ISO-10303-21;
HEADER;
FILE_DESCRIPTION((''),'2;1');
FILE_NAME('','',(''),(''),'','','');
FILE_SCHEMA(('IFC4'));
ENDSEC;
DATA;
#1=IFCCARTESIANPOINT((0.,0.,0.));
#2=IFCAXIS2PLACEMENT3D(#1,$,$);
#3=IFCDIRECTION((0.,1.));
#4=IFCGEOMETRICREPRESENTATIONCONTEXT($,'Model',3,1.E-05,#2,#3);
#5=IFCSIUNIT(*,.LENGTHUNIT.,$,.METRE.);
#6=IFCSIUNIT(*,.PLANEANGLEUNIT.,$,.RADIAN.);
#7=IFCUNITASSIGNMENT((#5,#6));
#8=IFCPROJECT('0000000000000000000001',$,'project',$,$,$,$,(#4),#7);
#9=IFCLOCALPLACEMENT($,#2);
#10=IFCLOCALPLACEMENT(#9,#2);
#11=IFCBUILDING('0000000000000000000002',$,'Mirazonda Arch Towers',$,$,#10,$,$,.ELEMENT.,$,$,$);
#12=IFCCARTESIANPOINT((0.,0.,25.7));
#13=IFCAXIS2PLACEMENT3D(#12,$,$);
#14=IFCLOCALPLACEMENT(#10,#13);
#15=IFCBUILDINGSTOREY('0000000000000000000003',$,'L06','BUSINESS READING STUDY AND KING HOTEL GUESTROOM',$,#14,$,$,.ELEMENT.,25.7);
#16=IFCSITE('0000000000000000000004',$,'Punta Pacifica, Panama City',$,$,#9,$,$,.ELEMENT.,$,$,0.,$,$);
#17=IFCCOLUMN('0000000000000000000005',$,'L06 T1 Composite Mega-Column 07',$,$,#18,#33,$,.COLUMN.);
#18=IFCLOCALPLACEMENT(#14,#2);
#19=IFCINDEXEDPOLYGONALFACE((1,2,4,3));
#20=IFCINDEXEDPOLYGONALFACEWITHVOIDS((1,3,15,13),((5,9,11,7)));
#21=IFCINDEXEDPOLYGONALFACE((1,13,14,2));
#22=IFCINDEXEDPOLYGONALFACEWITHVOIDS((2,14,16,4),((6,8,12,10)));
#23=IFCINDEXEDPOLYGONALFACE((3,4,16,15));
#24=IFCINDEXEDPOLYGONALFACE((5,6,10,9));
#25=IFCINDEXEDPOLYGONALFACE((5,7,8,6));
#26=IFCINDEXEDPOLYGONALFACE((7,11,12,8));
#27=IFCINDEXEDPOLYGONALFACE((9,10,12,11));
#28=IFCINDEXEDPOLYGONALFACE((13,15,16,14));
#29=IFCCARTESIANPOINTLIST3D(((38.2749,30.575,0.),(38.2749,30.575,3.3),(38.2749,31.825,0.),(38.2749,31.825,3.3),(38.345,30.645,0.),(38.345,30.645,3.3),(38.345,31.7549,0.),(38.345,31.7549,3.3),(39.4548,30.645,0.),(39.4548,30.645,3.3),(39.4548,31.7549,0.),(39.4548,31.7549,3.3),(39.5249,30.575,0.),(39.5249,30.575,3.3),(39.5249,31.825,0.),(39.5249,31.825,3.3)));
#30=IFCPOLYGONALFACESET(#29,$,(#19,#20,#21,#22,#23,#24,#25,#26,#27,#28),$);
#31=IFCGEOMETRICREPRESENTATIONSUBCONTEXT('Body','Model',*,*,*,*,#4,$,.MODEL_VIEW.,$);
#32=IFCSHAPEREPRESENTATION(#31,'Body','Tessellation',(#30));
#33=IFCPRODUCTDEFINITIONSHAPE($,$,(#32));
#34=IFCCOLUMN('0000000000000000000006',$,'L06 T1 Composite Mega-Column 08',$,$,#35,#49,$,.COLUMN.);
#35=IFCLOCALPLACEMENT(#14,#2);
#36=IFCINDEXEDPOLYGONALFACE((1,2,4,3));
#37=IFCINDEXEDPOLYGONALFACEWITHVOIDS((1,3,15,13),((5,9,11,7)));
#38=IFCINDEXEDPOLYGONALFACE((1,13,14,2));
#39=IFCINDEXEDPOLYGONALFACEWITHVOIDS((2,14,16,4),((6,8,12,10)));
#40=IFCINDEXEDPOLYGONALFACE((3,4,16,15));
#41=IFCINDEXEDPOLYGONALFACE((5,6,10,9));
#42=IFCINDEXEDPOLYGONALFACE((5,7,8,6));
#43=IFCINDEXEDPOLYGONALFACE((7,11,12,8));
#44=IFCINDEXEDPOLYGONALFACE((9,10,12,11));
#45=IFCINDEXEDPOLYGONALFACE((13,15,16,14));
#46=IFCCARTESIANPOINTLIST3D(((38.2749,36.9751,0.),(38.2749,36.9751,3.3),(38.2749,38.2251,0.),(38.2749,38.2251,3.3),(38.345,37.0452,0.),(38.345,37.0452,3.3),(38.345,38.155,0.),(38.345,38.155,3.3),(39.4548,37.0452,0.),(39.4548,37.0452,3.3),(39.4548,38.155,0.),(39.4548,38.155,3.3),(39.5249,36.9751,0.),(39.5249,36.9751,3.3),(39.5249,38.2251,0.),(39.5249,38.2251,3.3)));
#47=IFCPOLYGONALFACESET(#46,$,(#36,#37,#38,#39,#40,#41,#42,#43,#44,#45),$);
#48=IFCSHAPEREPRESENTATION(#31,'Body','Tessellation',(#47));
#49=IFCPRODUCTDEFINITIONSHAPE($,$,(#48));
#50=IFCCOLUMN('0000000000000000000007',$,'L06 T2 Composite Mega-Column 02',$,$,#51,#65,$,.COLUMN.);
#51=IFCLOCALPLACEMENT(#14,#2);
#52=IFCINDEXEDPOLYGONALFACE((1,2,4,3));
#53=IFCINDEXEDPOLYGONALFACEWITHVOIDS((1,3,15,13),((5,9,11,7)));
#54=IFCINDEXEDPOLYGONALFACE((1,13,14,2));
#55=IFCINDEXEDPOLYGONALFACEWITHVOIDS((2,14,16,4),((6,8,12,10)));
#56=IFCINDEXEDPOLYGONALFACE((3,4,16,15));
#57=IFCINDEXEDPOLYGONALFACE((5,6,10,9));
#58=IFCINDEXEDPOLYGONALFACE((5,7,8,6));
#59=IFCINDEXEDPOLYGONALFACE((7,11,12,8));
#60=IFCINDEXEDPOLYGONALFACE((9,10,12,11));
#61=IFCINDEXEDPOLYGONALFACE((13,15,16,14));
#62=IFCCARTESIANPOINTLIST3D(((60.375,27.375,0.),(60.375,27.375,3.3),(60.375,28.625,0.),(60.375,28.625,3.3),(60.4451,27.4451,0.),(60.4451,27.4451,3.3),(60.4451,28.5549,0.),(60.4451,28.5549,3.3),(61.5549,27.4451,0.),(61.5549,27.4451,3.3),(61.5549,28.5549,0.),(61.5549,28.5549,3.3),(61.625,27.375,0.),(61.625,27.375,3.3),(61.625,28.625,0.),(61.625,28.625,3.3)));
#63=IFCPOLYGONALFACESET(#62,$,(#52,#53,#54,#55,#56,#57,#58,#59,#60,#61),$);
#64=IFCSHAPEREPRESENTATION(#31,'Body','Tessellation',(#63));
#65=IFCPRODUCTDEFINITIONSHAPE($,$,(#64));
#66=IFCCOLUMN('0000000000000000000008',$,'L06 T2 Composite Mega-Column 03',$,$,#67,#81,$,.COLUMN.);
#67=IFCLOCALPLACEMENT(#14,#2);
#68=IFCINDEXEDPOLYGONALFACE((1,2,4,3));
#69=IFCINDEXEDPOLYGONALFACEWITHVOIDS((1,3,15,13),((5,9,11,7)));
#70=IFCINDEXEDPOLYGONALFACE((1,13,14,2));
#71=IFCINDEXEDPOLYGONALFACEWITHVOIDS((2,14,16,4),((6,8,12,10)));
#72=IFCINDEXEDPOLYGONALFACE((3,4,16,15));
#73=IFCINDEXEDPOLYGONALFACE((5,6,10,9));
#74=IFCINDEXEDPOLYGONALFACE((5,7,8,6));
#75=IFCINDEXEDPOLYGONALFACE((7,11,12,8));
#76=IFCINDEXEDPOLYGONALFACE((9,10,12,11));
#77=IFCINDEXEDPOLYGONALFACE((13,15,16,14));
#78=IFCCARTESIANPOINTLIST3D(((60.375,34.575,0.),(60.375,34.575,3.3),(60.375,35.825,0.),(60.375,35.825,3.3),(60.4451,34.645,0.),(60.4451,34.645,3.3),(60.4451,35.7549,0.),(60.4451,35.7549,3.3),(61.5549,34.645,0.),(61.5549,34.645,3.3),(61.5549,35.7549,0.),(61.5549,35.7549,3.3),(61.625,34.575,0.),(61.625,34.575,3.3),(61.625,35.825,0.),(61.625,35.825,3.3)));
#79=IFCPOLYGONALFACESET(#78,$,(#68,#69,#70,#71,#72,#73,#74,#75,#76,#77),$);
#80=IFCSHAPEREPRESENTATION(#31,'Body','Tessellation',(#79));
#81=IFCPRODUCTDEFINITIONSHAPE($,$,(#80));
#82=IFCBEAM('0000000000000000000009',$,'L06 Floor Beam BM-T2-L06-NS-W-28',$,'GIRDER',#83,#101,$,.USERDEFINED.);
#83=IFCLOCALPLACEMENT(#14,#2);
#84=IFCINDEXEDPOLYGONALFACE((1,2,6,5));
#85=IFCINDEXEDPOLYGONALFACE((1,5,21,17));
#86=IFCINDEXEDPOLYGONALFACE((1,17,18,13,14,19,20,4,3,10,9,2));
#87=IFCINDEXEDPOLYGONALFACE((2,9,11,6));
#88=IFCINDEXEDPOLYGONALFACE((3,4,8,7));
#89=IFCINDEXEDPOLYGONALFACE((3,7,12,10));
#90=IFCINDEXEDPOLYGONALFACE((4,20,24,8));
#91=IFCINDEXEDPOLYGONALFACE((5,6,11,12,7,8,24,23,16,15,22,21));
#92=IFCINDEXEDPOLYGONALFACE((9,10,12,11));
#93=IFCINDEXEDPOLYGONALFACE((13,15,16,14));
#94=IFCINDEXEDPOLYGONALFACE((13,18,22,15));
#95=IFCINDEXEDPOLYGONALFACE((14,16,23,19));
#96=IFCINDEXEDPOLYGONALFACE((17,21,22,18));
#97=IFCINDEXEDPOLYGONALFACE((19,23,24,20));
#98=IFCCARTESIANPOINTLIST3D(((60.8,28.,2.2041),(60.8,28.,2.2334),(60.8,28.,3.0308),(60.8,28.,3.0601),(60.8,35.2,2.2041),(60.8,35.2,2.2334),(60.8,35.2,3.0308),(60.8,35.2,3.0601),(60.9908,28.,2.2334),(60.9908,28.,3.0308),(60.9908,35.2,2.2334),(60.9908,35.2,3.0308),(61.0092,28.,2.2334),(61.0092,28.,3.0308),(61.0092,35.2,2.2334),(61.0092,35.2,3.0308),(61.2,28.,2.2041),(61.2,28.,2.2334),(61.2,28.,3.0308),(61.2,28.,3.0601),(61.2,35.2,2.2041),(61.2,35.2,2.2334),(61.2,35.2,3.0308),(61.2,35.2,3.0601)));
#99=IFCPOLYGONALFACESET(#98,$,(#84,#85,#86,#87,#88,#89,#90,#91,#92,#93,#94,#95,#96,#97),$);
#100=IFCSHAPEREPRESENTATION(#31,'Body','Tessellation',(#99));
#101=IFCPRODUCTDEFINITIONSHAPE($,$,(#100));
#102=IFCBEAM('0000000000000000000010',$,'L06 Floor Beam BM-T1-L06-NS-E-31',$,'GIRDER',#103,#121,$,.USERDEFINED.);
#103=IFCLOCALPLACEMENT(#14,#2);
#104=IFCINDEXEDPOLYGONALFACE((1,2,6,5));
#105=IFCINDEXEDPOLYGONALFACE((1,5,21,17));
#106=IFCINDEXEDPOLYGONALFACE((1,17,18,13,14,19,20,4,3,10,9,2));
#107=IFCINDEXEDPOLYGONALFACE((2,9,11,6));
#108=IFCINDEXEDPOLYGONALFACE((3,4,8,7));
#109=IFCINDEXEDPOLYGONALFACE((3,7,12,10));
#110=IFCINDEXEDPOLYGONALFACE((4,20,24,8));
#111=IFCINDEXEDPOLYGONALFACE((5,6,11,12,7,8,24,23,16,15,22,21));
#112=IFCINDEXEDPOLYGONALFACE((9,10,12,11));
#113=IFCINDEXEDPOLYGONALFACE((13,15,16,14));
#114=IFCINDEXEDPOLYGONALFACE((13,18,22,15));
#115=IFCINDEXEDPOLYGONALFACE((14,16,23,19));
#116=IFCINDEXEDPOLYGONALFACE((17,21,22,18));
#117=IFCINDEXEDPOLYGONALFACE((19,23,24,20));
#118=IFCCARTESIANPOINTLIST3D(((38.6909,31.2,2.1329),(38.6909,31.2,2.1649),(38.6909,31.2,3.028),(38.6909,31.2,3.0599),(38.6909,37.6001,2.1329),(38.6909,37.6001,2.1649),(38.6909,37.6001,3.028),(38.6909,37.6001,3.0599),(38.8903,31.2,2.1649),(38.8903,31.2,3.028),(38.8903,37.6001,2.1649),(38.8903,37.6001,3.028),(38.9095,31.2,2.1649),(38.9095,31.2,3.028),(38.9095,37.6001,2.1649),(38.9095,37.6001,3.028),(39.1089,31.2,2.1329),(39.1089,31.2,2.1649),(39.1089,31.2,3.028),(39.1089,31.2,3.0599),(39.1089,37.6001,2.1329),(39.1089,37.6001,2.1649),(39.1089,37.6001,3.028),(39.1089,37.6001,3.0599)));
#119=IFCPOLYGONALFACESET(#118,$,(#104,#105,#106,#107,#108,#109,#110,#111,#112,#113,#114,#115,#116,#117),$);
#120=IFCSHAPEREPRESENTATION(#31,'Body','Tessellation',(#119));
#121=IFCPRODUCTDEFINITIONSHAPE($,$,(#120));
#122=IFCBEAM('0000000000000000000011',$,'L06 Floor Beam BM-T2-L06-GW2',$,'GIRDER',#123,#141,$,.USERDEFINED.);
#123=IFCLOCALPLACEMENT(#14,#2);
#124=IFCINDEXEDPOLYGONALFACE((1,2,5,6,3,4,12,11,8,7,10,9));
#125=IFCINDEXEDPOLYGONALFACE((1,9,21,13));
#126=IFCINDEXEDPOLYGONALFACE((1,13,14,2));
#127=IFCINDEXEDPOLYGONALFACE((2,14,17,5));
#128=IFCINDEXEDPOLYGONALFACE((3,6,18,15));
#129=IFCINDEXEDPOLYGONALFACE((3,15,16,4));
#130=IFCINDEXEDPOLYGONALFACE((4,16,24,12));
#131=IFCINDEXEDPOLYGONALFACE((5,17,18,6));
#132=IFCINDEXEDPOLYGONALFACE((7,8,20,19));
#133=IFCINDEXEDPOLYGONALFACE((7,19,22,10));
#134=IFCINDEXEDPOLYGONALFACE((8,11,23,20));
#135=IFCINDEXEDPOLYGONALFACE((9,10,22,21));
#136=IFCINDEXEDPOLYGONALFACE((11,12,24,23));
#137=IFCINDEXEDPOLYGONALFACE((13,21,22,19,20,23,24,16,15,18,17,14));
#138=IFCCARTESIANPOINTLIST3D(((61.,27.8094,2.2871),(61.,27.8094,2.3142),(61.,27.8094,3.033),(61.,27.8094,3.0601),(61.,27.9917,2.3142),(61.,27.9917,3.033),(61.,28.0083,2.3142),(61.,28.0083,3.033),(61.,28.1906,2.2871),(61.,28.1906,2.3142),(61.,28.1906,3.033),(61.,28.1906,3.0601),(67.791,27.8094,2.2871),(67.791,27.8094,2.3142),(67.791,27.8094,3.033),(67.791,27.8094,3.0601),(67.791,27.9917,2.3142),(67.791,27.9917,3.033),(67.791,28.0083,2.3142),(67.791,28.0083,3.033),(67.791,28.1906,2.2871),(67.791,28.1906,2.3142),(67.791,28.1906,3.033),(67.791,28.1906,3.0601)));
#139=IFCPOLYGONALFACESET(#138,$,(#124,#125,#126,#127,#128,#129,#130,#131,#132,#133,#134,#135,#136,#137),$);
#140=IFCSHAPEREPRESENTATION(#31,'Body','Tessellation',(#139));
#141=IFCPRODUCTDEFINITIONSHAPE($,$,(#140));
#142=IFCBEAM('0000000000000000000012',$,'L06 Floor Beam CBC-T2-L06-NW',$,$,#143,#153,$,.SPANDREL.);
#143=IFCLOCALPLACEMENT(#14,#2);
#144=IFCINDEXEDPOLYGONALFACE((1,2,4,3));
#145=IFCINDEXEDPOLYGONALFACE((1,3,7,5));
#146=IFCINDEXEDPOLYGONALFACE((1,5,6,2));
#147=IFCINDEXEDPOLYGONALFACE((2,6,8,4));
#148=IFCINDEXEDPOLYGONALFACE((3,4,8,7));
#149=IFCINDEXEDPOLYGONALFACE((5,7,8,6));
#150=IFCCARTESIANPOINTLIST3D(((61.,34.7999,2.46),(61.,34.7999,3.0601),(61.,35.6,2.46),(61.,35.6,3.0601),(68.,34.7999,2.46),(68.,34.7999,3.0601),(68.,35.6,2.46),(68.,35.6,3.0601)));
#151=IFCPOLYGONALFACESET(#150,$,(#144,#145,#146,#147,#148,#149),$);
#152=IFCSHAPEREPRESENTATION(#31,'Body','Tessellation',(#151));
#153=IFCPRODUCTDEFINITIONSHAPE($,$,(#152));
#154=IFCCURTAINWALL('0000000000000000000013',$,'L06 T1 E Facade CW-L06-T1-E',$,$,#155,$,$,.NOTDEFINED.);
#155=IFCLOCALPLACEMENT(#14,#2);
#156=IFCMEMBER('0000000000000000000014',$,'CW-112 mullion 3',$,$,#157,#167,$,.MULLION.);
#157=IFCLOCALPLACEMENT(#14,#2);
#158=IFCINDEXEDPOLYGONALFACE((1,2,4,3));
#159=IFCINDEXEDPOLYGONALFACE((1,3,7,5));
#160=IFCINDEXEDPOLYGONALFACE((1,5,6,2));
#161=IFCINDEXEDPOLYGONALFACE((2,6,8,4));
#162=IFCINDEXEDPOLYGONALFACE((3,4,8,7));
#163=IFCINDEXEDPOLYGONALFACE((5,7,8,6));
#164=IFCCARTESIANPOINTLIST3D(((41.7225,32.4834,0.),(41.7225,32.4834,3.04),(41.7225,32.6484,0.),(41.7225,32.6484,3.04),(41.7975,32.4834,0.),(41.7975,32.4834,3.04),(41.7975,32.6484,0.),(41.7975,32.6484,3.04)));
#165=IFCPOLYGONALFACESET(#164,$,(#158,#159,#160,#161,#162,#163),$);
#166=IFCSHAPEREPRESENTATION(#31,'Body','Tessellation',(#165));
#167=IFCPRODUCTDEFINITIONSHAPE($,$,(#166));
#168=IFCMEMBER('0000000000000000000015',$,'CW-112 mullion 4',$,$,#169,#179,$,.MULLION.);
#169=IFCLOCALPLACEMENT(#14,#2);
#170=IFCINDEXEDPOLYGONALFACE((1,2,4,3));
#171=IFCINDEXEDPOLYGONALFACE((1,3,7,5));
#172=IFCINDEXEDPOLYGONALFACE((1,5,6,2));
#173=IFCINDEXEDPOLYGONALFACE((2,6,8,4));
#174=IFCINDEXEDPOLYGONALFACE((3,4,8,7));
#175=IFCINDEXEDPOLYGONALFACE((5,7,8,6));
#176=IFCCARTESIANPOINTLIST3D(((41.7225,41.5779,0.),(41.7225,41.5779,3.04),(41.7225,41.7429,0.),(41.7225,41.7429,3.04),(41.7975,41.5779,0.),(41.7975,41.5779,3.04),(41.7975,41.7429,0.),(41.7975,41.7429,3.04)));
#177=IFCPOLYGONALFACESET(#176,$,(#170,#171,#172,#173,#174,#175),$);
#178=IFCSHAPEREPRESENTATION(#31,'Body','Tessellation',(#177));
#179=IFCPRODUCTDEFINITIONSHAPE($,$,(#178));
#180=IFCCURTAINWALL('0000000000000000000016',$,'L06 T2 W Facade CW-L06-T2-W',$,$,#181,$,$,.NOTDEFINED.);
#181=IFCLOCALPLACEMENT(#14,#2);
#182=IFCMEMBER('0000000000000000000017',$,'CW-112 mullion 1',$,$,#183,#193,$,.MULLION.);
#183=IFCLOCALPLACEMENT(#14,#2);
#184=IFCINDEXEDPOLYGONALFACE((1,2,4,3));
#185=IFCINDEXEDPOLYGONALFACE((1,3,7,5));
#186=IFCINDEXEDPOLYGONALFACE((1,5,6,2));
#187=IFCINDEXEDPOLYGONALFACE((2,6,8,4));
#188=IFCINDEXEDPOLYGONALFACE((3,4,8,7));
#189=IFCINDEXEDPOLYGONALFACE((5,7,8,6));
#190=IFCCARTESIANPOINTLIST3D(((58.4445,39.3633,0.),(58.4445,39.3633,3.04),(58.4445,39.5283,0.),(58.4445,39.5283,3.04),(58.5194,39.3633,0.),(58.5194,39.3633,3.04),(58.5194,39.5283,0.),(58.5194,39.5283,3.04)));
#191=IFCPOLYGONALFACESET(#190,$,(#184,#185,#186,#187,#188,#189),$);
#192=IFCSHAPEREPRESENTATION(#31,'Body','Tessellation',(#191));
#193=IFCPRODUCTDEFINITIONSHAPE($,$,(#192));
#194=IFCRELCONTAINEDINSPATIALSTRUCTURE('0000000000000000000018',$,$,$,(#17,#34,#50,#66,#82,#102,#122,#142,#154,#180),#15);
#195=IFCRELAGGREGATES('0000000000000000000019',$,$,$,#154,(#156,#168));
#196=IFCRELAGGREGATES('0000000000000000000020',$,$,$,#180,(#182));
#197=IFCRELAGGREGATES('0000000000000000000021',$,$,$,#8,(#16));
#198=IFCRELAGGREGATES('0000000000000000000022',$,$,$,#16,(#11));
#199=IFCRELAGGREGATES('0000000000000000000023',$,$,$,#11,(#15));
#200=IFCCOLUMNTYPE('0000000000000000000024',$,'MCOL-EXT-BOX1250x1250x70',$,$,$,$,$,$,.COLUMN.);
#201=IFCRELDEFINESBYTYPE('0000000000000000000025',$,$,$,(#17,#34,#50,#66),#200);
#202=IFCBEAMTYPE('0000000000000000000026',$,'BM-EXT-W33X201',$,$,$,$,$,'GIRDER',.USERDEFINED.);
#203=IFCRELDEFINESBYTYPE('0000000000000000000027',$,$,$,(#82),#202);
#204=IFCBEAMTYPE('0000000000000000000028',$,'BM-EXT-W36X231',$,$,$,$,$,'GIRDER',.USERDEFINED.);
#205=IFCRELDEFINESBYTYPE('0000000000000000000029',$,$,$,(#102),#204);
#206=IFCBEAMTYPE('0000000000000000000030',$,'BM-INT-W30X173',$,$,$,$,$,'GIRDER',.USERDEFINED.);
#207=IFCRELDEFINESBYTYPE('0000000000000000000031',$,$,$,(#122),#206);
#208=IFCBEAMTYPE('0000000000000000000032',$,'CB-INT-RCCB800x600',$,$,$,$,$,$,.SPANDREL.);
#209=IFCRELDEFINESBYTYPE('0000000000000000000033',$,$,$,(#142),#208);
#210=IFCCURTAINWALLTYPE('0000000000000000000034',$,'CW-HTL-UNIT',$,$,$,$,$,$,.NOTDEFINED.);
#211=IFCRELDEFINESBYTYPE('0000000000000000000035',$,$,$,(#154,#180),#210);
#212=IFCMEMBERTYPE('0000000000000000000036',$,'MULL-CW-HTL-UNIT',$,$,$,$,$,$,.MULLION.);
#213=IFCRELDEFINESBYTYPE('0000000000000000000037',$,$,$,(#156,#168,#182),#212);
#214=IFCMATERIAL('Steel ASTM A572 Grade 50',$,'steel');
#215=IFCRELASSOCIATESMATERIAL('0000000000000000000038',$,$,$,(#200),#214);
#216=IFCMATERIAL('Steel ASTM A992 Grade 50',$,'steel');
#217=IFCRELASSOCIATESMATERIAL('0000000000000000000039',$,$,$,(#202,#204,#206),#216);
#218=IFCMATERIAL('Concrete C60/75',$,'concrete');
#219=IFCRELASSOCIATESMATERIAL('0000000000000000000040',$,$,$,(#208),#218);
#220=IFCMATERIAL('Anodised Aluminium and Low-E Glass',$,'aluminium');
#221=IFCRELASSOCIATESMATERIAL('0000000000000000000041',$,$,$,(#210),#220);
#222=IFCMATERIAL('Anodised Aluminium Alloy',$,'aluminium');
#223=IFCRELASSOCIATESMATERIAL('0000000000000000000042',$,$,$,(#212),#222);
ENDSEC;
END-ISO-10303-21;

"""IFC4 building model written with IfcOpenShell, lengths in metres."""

from ifc_helpers import new_model, si_unit, direction, frame, origin, origin_2d, place, context, subcontext, project, spatial, rectangle, hollow_rectangle, i_section, extrude, material, material_profile, profile_set, type_object, element, aggregate, save


model = new_model("IFC4")

# Units and contexts
model_context = context("Model", 3, precision=1e-05, world=origin(), true_north=direction((0.0, 1.0)))
body_context = subcontext(model_context, "Body", "Model", "MODEL_VIEW")
ifc_project = project(units=[si_unit("LENGTHUNIT", "METRE"), si_unit("PLANEANGLEUNIT", "RADIAN")], contexts=[model_context])

# Site, building, storey
site_placement = place(None, origin())
site = spatial("IfcSite", under=ifc_project, at=site_placement, Name="Punta Pacifica, Panama City", CompositionType="ELEMENT", RefElevation=0.0)
building_placement = place(site_placement, origin())
building = spatial("IfcBuilding", under=site, at=building_placement, Name="Mirazonda Arch Towers", CompositionType="ELEMENT")
storey_placement = place(building_placement, frame((0.0, 0.0, 25.7)))
storey = spatial("IfcBuildingStorey", under=building, at=storey_placement, Name="L06", Description="BUSINESS READING STUDY AND KING HOTEL GUESTROOM", CompositionType="ELEMENT", Elevation=25.7)

# Columns
ifc_material_1 = material(Name="Steel ASTM A572 Grade 50", Category="steel")
ifc_material_profile_1 = material_profile(ifc_material_1, hollow_rectangle(XDim=1.25, YDim=1.25, WallThickness=0.0701, at=origin_2d()), Name="BOX1250x1250x70")
ifc_profile_set_1 = profile_set([ifc_material_profile_1], Name="Steel ASTM A572 Grade 50")
column_type = type_object("IfcColumnType", Name="MCOL-EXT-BOX1250x1250x70", PredefinedType="COLUMN", material=ifc_profile_set_1)
for number, where, z_axis, x_axis, name in (
    (1, (38.8999, 31.2, 0.0), (0.0, 0.0, 1.0), (1.0, 0.0, 0.0), "L06 T1 Composite Mega-Column 07"),
    (2, (38.8999, 37.6001, 0.0), (0.0, 0.0, 1.0), (1.0, 0.0, 0.0), "L06 T1 Composite Mega-Column 08"),
    (3, (61.0, 28.0, 0.0), (0.0, 0.0, 1.0), (1.0, 0.0, 0.0), "L06 T2 Composite Mega-Column 02"),
    (4, (61.0, 35.2, 0.0), (0.0, 0.0, 1.0), (1.0, 0.0, 0.0), "L06 T2 Composite Mega-Column 03"),
):
    element("IfcColumn", number, at=place(storey_placement, frame(where, z_axis=z_axis, x_axis=x_axis)), inside=storey, type_object=column_type, Name=name, PredefinedType="COLUMN", context=body_context, shape_type="SweptSolid", body=[
        extrude(hollow_rectangle(XDim=1.25, YDim=1.25, WallThickness=0.0701, at=origin_2d()), origin(), (0.0, 0.0, 1.0), 3.3),
    ])

# Beams
ifc_material_2 = material(Name="Steel ASTM A992 Grade 50", Category="steel")
ifc_material_profile_2 = material_profile(ifc_material_2, i_section(OverallWidth=0.3999, OverallDepth=0.856, WebThickness=0.0183, FlangeThickness=0.0293, at=origin_2d()), Name="W33X201")
ifc_profile_set_2 = profile_set([ifc_material_profile_2], Name="Steel ASTM A992 Grade 50")
beam_type_1 = type_object("IfcBeamType", Name="BM-EXT-W33X201", ElementType="GIRDER", PredefinedType="USERDEFINED", material=ifc_profile_set_2)
beam_1_placement = place(storey_placement, frame((61.0, 28.0, 2.6321), z_axis=(0.0, 1.0, 0.0), x_axis=(-1.0, 0.0, 0.0)))
element("IfcBeam", 5, at=beam_1_placement, inside=storey, type_object=beam_type_1, Name="L06 Floor Beam BM-T2-L06-NS-W-28", ObjectType="GIRDER", PredefinedType="USERDEFINED", context=body_context, shape_type="SweptSolid", body=[
    extrude(i_section(OverallWidth=0.3999, OverallDepth=0.856, WebThickness=0.0183, FlangeThickness=0.0293, at=origin_2d()), origin(), (0.0, 0.0, 1.0), 7.2),
])
ifc_material_profile_3 = material_profile(ifc_material_2, i_section(OverallWidth=0.418, OverallDepth=0.927, WebThickness=0.0193, FlangeThickness=0.032, at=origin_2d()), Name="W36X231")
ifc_profile_set_3 = profile_set([ifc_material_profile_3], Name="Steel ASTM A992 Grade 50")
beam_type_2 = type_object("IfcBeamType", Name="BM-EXT-W36X231", ElementType="GIRDER", PredefinedType="USERDEFINED", material=ifc_profile_set_3)
beam_2_placement = place(storey_placement, frame((38.8999, 31.2, 2.5964), z_axis=(0.0, 1.0, 0.0), x_axis=(-1.0, 0.0, 0.0)))
element("IfcBeam", 6, at=beam_2_placement, inside=storey, type_object=beam_type_2, Name="L06 Floor Beam BM-T1-L06-NS-E-31", ObjectType="GIRDER", PredefinedType="USERDEFINED", context=body_context, shape_type="SweptSolid", body=[
    extrude(i_section(OverallWidth=0.418, OverallDepth=0.927, WebThickness=0.0193, FlangeThickness=0.032, at=origin_2d()), origin(), (0.0, 0.0, 1.0), 6.4001),
])
ifc_material_profile_4 = material_profile(ifc_material_2, i_section(OverallWidth=0.3811, OverallDepth=0.7729, WebThickness=0.0166, FlangeThickness=0.0271, at=origin_2d()), Name="W30X173")
ifc_profile_set_4 = profile_set([ifc_material_profile_4], Name="Steel ASTM A992 Grade 50")
beam_type_3 = type_object("IfcBeamType", Name="BM-INT-W30X173", ElementType="GIRDER", PredefinedType="USERDEFINED", material=ifc_profile_set_4)
beam_3_placement = place(storey_placement, frame((61.0, 28.0, 2.6736), z_axis=(1.0, 0.0, 0.0), x_axis=(0.0, 1.0, 0.0)))
element("IfcBeam", 7, at=beam_3_placement, inside=storey, type_object=beam_type_3, Name="L06 Floor Beam BM-T2-L06-GW2", ObjectType="GIRDER", PredefinedType="USERDEFINED", context=body_context, shape_type="SweptSolid", body=[
    extrude(i_section(OverallWidth=0.3811, OverallDepth=0.7729, WebThickness=0.0166, FlangeThickness=0.0271, at=origin_2d()), origin(), (0.0, 0.0, 1.0), 6.791),
])
ifc_material_3 = material(Name="Concrete C60/75", Category="concrete")
ifc_material_profile_5 = material_profile(ifc_material_3, rectangle(XDim=0.8, YDim=0.6001, at=origin_2d()), Name="RCCB800x600")
ifc_profile_set_5 = profile_set([ifc_material_profile_5], Name="Concrete C60/75")
beam_type_4 = type_object("IfcBeamType", Name="CB-INT-RCCB800x600", PredefinedType="SPANDREL", material=ifc_profile_set_5)
beam_4_placement = place(storey_placement, frame((61.0, 35.2, 2.76), z_axis=(1.0, 0.0, 0.0), x_axis=(0.0, 1.0, 0.0)))
element("IfcBeam", 8, at=beam_4_placement, inside=storey, type_object=beam_type_4, Name="L06 Floor Beam CBC-T2-L06-NW", PredefinedType="SPANDREL", context=body_context, shape_type="SweptSolid", body=[
    extrude(rectangle(XDim=0.8, YDim=0.6001, at=origin_2d()), origin(), (0.0, 0.0, 1.0), 7.0),
])

# Curtain walls, members
ifc_material_4 = material(Name="Anodised Aluminium and Low-E Glass", Category="aluminium")
curtain_wall_type = type_object("IfcCurtainWallType", Name="CW-HTL-UNIT", PredefinedType="NOTDEFINED", material=ifc_material_4)
curtain_wall_1_placement = place(storey_placement, origin())
curtain_wall_1 = element("IfcCurtainWall", 9, at=curtain_wall_1_placement, inside=storey, type_object=curtain_wall_type, Name="L06 T1 E Facade CW-L06-T1-E", PredefinedType="NOTDEFINED")
ifc_material_5 = material(Name="Anodised Aluminium Alloy", Category="aluminium")
ifc_material_profile_6 = material_profile(ifc_material_5, rectangle(XDim=0.075, YDim=0.165, at=origin_2d()), Name="ALU-MULL-75x165")
ifc_profile_set_6 = profile_set([ifc_material_profile_6], Name="Anodised Aluminium Alloy")
member_type_1 = type_object("IfcMemberType", Name="MULL-CW-HTL-UNIT", PredefinedType="MULLION", material=ifc_profile_set_6)
member_1_placement = place(storey_placement, frame((41.76, 32.5659, 0.0), z_axis=(0.0, 0.0, 1.0), x_axis=(-1.0, 0.0, 0.0)))
member_1 = element("IfcMember", 10, at=member_1_placement, type_object=member_type_1, Name="CW-112 mullion 3", PredefinedType="MULLION", context=body_context, shape_type="SweptSolid", body=[
    extrude(rectangle(XDim=0.075, YDim=0.165, at=origin_2d()), origin(), (0.0, 0.0, 1.0), 3.04),
])
member_2_placement = place(storey_placement, frame((41.76, 41.6604, 0.0), z_axis=(0.0, 0.0, 1.0), x_axis=(-1.0, 0.0, 0.0)))
member_2 = element("IfcMember", 11, at=member_2_placement, type_object=member_type_1, Name="CW-112 mullion 4", PredefinedType="MULLION", context=body_context, shape_type="SweptSolid", body=[
    extrude(rectangle(XDim=0.075, YDim=0.165, at=origin_2d()), origin(), (0.0, 0.0, 1.0), 3.04),
])
curtain_wall_2_placement = place(storey_placement, origin())
curtain_wall_2 = element("IfcCurtainWall", 12, at=curtain_wall_2_placement, inside=storey, type_object=curtain_wall_type, Name="L06 T2 W Facade CW-L06-T2-W", PredefinedType="NOTDEFINED")
member_3_placement = place(storey_placement, frame((58.4819, 39.4458, 0.0), z_axis=(0.0, 0.0, 1.0), x_axis=(1.0, 0.0, 0.0)))
member_3 = element("IfcMember", 13, at=member_3_placement, type_object=member_type_1, Name="CW-112 mullion 1", PredefinedType="MULLION", context=body_context, shape_type="SweptSolid", body=[
    extrude(rectangle(XDim=0.075, YDim=0.165, at=origin_2d()), origin(), (0.0, 0.0, 1.0), 3.04),
])

aggregate(curtain_wall_1, [member_1, member_2])
aggregate(curtain_wall_2, [member_3])

save(model, "model.ifc")
